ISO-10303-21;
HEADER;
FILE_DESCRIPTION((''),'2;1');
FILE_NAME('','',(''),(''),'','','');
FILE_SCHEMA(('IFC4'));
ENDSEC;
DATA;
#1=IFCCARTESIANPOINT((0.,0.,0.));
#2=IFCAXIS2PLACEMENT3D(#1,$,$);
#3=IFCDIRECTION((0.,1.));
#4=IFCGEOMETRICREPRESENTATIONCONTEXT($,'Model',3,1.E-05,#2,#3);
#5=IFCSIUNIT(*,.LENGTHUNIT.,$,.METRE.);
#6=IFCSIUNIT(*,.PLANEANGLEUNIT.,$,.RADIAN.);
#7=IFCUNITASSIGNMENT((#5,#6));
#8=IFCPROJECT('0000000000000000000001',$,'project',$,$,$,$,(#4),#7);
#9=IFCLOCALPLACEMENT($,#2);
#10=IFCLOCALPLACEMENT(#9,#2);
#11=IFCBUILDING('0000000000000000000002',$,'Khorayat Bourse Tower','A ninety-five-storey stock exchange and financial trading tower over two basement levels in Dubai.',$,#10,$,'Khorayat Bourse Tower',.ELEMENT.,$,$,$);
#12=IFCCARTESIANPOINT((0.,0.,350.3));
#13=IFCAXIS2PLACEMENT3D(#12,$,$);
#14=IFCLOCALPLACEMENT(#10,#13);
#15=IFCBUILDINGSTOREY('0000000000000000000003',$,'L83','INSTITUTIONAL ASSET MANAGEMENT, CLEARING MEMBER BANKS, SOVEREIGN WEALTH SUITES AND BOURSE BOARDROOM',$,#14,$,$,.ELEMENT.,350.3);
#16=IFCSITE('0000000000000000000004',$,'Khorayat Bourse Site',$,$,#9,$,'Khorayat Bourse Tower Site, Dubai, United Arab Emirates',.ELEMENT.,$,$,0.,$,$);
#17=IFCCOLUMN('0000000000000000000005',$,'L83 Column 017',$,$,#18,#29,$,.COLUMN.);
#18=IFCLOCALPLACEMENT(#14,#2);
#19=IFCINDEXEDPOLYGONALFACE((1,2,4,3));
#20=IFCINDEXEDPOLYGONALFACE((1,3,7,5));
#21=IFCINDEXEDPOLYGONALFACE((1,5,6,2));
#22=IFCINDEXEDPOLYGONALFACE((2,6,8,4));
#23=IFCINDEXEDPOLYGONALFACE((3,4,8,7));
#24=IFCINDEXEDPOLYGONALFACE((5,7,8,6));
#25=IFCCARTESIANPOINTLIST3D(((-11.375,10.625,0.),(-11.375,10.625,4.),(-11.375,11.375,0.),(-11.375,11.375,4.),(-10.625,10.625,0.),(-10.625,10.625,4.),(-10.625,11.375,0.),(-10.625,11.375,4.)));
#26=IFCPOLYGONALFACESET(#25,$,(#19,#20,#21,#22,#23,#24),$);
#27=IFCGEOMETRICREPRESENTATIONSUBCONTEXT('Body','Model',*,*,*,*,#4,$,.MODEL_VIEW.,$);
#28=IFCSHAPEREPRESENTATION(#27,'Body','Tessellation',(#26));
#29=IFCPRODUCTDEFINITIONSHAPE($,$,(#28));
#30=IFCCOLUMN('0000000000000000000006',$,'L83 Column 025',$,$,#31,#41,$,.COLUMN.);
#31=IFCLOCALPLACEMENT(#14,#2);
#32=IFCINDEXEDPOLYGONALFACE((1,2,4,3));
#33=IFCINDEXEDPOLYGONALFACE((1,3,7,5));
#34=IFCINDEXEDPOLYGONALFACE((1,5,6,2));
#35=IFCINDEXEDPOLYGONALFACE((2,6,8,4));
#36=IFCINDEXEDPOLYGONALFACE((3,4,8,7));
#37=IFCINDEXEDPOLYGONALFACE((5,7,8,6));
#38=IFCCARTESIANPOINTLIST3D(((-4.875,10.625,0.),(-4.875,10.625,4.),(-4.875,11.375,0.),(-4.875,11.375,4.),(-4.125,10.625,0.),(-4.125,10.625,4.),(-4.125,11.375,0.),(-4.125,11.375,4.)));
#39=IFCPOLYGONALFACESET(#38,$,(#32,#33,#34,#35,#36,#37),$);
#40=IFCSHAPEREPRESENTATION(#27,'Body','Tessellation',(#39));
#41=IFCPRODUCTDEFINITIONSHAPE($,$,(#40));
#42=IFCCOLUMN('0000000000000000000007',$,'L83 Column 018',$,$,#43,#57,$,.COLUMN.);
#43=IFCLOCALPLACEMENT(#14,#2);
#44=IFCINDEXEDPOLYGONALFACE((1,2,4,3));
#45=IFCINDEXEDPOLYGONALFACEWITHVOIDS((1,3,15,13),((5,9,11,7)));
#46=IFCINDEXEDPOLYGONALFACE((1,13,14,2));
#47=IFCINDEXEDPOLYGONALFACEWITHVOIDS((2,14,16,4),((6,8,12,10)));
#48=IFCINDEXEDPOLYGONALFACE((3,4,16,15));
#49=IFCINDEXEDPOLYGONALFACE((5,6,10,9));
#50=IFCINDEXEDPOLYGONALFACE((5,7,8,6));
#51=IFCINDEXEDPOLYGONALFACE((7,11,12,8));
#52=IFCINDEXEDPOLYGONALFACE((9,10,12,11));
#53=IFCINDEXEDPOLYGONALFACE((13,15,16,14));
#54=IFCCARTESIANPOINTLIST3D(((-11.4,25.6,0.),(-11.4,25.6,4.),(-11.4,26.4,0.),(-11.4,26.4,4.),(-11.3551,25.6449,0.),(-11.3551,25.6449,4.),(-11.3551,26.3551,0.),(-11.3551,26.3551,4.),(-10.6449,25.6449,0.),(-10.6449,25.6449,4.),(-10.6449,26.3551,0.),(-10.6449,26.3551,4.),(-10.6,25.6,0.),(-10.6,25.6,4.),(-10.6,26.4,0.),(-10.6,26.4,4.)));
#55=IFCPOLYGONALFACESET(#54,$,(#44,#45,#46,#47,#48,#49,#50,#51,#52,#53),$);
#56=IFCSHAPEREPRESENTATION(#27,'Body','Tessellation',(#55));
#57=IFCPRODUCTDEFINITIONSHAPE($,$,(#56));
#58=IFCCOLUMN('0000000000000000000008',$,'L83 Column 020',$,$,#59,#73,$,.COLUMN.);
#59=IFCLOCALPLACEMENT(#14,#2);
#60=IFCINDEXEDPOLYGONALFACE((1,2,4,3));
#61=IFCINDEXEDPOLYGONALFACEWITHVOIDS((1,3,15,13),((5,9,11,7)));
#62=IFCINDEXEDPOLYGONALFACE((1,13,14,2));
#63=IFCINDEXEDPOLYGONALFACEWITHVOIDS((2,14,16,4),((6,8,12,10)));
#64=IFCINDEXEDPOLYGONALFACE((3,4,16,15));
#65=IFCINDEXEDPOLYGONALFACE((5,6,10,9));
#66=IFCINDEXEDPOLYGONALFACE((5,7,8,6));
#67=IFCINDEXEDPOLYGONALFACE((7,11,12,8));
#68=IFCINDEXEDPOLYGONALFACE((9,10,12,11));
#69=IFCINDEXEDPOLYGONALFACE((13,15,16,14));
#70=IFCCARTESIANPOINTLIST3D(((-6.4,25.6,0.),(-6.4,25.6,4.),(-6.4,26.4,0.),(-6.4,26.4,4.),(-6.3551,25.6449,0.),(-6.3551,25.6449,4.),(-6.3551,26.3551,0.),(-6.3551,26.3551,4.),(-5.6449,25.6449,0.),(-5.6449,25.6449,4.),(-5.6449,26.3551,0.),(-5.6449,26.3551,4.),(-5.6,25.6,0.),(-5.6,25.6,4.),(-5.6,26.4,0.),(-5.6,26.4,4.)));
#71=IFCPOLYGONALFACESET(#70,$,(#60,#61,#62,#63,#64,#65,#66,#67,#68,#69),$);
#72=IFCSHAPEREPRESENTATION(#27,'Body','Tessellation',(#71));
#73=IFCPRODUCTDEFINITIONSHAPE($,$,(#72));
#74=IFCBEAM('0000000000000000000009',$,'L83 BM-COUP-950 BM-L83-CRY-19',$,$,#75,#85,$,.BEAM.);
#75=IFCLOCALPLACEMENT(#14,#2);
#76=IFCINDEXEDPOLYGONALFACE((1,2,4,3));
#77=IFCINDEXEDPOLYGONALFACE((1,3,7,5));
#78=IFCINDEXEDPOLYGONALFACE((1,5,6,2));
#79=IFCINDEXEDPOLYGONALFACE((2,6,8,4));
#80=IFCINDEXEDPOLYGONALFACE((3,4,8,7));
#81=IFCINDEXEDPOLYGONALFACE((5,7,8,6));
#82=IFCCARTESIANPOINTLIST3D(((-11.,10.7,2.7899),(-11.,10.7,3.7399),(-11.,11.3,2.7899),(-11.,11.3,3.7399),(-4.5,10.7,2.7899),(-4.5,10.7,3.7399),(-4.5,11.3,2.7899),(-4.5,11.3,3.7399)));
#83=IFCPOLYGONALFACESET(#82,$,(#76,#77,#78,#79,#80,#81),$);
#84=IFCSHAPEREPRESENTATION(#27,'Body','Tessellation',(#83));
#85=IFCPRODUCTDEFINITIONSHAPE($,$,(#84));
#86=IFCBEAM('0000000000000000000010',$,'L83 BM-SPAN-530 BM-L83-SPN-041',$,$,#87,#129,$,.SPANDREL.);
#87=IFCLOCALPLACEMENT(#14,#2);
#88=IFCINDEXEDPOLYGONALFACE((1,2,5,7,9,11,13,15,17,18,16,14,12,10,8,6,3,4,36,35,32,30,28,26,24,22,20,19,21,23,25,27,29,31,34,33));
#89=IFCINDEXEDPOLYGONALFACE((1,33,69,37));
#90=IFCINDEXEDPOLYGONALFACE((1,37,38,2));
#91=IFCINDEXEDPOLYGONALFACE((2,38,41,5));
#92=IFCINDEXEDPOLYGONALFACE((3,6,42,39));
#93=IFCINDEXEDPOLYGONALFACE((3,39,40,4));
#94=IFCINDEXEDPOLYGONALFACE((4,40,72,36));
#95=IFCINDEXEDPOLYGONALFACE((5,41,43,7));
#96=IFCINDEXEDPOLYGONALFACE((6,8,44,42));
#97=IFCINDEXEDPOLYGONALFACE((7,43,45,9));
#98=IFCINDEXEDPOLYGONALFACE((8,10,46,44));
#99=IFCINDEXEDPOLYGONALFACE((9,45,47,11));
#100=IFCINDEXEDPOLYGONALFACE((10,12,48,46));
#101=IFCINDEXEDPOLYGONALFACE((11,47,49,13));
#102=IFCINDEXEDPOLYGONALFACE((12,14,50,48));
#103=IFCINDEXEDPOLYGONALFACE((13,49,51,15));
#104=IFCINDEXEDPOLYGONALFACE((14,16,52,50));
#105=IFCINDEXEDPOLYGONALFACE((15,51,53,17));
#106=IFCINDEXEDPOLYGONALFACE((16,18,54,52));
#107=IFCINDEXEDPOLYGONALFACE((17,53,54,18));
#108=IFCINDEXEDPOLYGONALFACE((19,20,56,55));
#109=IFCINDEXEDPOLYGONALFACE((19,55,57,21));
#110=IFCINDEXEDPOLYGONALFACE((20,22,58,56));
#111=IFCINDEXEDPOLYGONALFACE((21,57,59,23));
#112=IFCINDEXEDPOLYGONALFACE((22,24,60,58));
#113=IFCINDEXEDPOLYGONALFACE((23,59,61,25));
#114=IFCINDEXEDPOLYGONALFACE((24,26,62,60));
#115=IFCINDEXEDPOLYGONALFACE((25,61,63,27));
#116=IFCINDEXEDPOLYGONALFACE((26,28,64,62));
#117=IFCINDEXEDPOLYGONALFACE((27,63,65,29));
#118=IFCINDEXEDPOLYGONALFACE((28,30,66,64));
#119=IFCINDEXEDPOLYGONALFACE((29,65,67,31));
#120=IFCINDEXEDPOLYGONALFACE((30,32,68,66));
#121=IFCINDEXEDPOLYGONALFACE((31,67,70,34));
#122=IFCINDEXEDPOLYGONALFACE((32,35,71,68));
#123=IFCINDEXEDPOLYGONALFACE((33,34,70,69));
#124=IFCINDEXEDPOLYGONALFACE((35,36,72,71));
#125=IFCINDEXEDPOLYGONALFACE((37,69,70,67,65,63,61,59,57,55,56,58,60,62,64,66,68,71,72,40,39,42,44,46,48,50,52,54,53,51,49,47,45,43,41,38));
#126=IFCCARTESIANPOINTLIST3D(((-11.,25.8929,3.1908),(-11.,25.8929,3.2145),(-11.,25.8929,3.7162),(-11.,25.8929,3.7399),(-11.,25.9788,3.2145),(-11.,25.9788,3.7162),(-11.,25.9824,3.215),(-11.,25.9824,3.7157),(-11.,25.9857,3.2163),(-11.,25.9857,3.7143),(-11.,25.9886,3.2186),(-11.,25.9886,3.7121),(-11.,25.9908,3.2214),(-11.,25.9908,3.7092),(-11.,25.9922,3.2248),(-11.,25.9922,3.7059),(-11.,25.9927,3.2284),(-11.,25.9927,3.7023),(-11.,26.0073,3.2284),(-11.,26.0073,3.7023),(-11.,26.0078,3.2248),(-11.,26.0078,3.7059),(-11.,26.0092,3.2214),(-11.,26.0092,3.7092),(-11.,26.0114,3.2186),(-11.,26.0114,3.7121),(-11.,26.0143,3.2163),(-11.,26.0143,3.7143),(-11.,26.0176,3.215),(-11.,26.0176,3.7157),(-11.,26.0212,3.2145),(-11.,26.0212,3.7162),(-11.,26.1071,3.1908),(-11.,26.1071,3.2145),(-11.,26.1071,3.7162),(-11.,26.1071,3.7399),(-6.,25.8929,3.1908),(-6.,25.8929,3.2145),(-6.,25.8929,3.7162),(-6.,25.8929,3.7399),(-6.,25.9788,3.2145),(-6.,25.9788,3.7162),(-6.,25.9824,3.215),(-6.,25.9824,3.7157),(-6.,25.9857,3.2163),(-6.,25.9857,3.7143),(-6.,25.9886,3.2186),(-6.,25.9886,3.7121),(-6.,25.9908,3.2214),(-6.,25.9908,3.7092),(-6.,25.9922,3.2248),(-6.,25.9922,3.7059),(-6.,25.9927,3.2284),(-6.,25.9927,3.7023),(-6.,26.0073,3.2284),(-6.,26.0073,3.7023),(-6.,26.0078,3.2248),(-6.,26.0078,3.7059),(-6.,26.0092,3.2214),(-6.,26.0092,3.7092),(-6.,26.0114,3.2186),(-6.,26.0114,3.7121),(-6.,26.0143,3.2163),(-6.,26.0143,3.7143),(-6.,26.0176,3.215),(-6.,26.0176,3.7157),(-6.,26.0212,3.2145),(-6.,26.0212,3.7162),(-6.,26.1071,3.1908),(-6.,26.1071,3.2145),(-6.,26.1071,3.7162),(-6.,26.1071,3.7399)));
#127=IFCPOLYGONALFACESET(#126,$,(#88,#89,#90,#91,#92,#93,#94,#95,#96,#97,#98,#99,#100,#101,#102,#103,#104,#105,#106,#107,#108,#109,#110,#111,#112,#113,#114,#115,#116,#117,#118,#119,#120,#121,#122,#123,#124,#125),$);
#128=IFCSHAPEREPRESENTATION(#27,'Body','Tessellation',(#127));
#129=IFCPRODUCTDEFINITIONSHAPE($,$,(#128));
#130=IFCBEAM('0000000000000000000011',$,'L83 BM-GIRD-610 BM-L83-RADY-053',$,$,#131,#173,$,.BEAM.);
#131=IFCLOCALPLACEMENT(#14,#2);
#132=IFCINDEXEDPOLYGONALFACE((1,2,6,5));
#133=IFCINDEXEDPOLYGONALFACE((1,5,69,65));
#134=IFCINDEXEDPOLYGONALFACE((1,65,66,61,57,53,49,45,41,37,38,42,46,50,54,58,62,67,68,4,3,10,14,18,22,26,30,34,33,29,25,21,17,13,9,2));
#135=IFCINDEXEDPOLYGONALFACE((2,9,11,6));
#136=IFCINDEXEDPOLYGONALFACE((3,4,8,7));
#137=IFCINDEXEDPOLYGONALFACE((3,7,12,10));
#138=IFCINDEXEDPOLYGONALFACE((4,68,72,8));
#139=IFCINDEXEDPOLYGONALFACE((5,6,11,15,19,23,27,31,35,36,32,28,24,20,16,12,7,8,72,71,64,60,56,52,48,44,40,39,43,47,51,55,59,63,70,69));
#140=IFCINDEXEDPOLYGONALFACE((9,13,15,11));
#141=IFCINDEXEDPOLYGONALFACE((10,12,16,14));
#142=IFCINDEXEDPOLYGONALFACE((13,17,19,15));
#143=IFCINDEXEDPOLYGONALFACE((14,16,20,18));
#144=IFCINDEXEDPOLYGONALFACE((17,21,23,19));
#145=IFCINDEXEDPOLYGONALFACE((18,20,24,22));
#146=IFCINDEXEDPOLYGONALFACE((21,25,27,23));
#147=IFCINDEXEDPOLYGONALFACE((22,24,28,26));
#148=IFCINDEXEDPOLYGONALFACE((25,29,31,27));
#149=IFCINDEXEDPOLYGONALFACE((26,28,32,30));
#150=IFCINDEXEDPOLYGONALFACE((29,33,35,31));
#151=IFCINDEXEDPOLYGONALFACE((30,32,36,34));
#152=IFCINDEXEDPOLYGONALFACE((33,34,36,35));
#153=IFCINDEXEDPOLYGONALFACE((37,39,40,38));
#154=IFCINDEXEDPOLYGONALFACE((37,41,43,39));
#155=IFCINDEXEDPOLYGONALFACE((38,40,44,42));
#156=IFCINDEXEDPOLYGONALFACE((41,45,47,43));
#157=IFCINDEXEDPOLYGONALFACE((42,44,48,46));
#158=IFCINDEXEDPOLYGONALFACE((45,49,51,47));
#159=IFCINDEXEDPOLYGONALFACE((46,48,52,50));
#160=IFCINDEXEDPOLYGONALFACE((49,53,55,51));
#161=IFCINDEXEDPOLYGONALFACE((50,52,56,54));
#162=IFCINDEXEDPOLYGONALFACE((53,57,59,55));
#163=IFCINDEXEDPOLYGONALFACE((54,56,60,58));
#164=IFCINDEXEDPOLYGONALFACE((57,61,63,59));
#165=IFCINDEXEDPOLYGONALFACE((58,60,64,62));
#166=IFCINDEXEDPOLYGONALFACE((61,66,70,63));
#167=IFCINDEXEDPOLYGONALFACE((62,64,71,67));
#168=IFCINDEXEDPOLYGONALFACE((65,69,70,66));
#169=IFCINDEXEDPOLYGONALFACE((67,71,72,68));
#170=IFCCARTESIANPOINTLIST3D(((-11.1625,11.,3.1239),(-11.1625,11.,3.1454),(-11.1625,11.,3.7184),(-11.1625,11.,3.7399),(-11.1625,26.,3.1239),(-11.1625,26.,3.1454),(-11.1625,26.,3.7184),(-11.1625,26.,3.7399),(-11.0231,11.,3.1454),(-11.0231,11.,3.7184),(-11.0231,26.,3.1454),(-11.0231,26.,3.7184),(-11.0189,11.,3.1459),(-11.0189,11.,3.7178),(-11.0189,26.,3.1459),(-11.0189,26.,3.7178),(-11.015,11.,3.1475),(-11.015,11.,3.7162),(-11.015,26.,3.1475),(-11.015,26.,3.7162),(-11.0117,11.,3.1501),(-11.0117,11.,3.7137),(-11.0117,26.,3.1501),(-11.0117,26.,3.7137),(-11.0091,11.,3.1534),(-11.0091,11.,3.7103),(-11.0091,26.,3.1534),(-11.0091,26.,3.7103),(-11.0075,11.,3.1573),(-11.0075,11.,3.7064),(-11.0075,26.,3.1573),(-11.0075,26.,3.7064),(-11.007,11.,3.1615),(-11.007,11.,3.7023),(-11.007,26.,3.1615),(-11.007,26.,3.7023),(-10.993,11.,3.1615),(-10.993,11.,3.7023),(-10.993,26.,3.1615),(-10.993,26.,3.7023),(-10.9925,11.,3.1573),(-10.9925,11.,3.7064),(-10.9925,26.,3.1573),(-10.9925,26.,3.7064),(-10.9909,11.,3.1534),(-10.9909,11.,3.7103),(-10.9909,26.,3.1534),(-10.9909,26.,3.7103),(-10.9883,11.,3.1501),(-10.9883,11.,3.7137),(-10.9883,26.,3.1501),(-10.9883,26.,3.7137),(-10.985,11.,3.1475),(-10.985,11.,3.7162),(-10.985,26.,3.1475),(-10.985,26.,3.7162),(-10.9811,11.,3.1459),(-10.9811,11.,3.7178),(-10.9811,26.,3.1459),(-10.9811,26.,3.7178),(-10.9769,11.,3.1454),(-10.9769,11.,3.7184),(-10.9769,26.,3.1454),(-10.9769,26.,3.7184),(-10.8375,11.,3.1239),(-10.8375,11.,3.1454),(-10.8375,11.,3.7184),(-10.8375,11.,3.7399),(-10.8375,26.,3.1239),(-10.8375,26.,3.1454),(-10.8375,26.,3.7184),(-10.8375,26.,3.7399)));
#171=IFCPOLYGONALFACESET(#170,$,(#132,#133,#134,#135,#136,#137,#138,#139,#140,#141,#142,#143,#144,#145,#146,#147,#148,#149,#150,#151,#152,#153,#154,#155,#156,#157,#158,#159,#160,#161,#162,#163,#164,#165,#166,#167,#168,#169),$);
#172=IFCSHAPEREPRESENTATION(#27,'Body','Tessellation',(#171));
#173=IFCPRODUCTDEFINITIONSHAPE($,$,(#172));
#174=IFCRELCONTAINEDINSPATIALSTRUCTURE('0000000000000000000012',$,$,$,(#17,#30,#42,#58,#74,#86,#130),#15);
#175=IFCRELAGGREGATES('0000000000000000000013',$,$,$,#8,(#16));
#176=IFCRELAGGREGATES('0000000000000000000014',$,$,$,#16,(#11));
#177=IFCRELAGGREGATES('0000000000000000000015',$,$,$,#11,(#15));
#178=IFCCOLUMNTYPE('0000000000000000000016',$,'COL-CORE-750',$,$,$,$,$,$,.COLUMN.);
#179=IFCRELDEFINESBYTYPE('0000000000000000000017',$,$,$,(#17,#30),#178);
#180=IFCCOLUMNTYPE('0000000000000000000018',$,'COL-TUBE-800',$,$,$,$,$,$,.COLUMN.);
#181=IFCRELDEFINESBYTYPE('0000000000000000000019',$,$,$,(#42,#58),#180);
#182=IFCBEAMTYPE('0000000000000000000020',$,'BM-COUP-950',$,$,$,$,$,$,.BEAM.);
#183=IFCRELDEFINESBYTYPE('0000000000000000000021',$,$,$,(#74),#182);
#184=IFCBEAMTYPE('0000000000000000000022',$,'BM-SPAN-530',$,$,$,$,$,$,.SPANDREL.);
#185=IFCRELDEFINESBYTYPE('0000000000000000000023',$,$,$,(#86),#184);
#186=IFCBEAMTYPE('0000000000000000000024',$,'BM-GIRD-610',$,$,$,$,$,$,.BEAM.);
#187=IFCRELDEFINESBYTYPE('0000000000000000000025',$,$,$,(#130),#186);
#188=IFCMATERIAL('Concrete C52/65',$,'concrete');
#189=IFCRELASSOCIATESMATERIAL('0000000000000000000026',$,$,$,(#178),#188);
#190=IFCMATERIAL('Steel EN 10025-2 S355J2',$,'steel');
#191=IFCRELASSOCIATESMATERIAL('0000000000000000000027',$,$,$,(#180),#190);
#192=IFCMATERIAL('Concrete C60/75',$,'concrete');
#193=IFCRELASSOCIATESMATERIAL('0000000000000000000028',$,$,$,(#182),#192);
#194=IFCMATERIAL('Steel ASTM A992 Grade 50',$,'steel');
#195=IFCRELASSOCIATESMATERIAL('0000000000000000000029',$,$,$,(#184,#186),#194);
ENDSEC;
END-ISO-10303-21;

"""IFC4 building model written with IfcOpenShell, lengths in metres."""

from ifc_helpers import new_model, si_unit, direction, frame, origin, origin_2d, place, context, subcontext, project, spatial, rectangle, hollow_rectangle, i_section, extrude, source, transform, mapped, material, material_profile, profile_set, type_object, element, save


model = new_model("IFC4")

# Units and contexts
model_context = context("Model", 3, precision=1e-05, world=origin(), true_north=direction((0.0, 1.0)))
body_context = subcontext(model_context, "Body", "Model", "MODEL_VIEW")
ifc_project = project(units=[si_unit("LENGTHUNIT", "METRE"), si_unit("PLANEANGLEUNIT", "RADIAN")], contexts=[model_context])

# Site, building, storey
site_placement = place(None, origin())
site = spatial("IfcSite", under=ifc_project, at=site_placement, Name="Khorayat Bourse Site", LongName="Khorayat Bourse Tower Site, Dubai, United Arab Emirates", CompositionType="ELEMENT", RefElevation=0.0)
building_placement = place(site_placement, origin())
building = spatial("IfcBuilding", under=site, at=building_placement, Name="Khorayat Bourse Tower", Description="A ninety-five-storey stock exchange and financial trading tower over two basement levels in Dubai.", LongName="Khorayat Bourse Tower", CompositionType="ELEMENT")
storey_placement = place(building_placement, frame((0.0, 0.0, 350.3)))
storey = spatial("IfcBuildingStorey", under=building, at=storey_placement, Name="L83", Description="INSTITUTIONAL ASSET MANAGEMENT, CLEARING MEMBER BANKS, SOVEREIGN WEALTH SUITES AND BOURSE BOARDROOM", CompositionType="ELEMENT", Elevation=350.3)

# Columns
ifc_material_1 = material(Name="Concrete C52/65", Category="concrete")
ifc_material_profile_1 = material_profile(ifc_material_1, rectangle(XDim=0.75, YDim=0.75, at=origin_2d()), Name="RC 750x750")
ifc_profile_set_1 = profile_set([ifc_material_profile_1], Name="Concrete C52/65")
column_type_1 = type_object("IfcColumnType", Name="COL-CORE-750", PredefinedType="COLUMN", material=ifc_profile_set_1)
shared_shape_1 = source(origin(), body_context, "Body", "SweptSolid", [
    extrude(rectangle(XDim=0.75, YDim=0.75, at=origin_2d()), origin(), (0.0, 0.0, 1.0), 4.0),
])
for number, where, z_axis, x_axis, name in (
    (1, (-11.0, 11.0, 0.0), (0.0, 0.0, 1.0), (1.0, 0.0, 0.0), "L83 Column 017"),
    (2, (-4.5, 11.0, 0.0), (0.0, 0.0, 1.0), (1.0, 0.0, 0.0), "L83 Column 025"),
):
    element("IfcColumn", number, at=place(storey_placement, frame(where, z_axis=z_axis, x_axis=x_axis)), inside=storey, type_object=column_type_1, Name=name, PredefinedType="COLUMN", context=body_context, shape_type="MappedRepresentation", body=[
        mapped(shared_shape_1, transform((0.0, 0.0, 0.0), scale=1.0)),
    ])
ifc_material_2 = material(Name="Steel EN 10025-2 S355J2", Category="steel")
ifc_material_profile_2 = material_profile(ifc_material_2, hollow_rectangle(XDim=0.8, YDim=0.8, WallThickness=0.0449, at=origin_2d()), Name="BOX 800x800x45")
ifc_profile_set_2 = profile_set([ifc_material_profile_2], Name="Steel EN 10025-2 S355J2")
column_type_2 = type_object("IfcColumnType", Name="COL-TUBE-800", PredefinedType="COLUMN", material=ifc_profile_set_2)
shared_shape_2 = source(origin(), body_context, "Body", "SweptSolid", [
    extrude(hollow_rectangle(XDim=0.8, YDim=0.8, WallThickness=0.0449, at=origin_2d()), origin(), (0.0, 0.0, 1.0), 4.0),
])
for number, where, z_axis, x_axis, name in (
    (3, (-11.0, 26.0, 0.0), (0.0, 0.0, 1.0), (1.0, 0.0, 0.0), "L83 Column 018"),
    (4, (-6.0, 26.0, 0.0), (0.0, 0.0, 1.0), (1.0, 0.0, 0.0), "L83 Column 020"),
):
    element("IfcColumn", number, at=place(storey_placement, frame(where, z_axis=z_axis, x_axis=x_axis)), inside=storey, type_object=column_type_2, Name=name, PredefinedType="COLUMN", context=body_context, shape_type="MappedRepresentation", body=[
        mapped(shared_shape_2, transform((0.0, 0.0, 0.0), scale=1.0)),
    ])

# Beams
ifc_material_3 = material(Name="Concrete C60/75", Category="concrete")
ifc_material_profile_3 = material_profile(ifc_material_3, rectangle(XDim=0.6001, YDim=0.95, at=origin_2d()), Name="RC 600x950")
ifc_profile_set_3 = profile_set([ifc_material_profile_3], Name="Concrete C60/75")
beam_type_1 = type_object("IfcBeamType", Name="BM-COUP-950", PredefinedType="BEAM", material=ifc_profile_set_3)
shared_shape_3 = source(origin(), body_context, "Body", "SweptSolid", [
    extrude(rectangle(XDim=0.6001, YDim=0.95, at=origin_2d()), origin(), (0.0, 0.0, 1.0), 6.5),
])
beam_1_placement = place(storey_placement, frame((-11.0, 11.0, 3.2649), z_axis=(1.0, 0.0, 0.0), x_axis=(0.0, 1.0, 0.0)))
element("IfcBeam", 5, at=beam_1_placement, inside=storey, type_object=beam_type_1, Name="L83 BM-COUP-950 BM-L83-CRY-19", PredefinedType="BEAM", context=body_context, shape_type="MappedRepresentation", body=[
    mapped(shared_shape_3, transform((0.0, 0.0, 0.0), scale=1.0)),
])
ifc_material_4 = material(Name="Steel ASTM A992 Grade 50", Category="steel")
ifc_material_profile_4 = material_profile(ifc_material_4, i_section(OverallWidth=0.2141, OverallDepth=0.5491, WebThickness=0.0146, FlangeThickness=0.0237, FilletRadius=0.0139, at=origin_2d()), Name="W530X138")
ifc_profile_set_4 = profile_set([ifc_material_profile_4], Name="Steel ASTM A992 Grade 50")
beam_type_2 = type_object("IfcBeamType", Name="BM-SPAN-530", PredefinedType="SPANDREL", material=ifc_profile_set_4)
shared_shape_4 = source(origin(), body_context, "Body", "SweptSolid", [
    extrude(i_section(OverallWidth=0.2141, OverallDepth=0.5491, WebThickness=0.0146, FlangeThickness=0.0237, FilletRadius=0.0139, at=origin_2d()), origin(), (0.0, 0.0, 1.0), 5.0),
])
beam_2_placement = place(storey_placement, frame((-11.0, 26.0, 3.4653), z_axis=(1.0, 0.0, 0.0), x_axis=(0.0, 1.0, 0.0)))
element("IfcBeam", 6, at=beam_2_placement, inside=storey, type_object=beam_type_2, Name="L83 BM-SPAN-530 BM-L83-SPN-041", PredefinedType="SPANDREL", context=body_context, shape_type="MappedRepresentation", body=[
    mapped(shared_shape_4, transform((0.0, 0.0, 0.0), scale=1.0)),
])
ifc_material_profile_5 = material_profile(ifc_material_4, i_section(OverallWidth=0.325, OverallDepth=0.616, WebThickness=0.0139, FlangeThickness=0.0215, FilletRadius=0.0161, at=origin_2d()), Name="W610X174")
ifc_profile_set_5 = profile_set([ifc_material_profile_5], Name="Steel ASTM A992 Grade 50")
beam_type_3 = type_object("IfcBeamType", Name="BM-GIRD-610", PredefinedType="BEAM", material=ifc_profile_set_5)
shared_shape_5 = source(origin(), body_context, "Body", "SweptSolid", [
    extrude(i_section(OverallWidth=0.325, OverallDepth=0.616, WebThickness=0.0139, FlangeThickness=0.0215, FilletRadius=0.0161, at=origin_2d()), origin(), (0.0, 0.0, 1.0), 15.0),
])
for number, where, z_axis, x_axis, name in (
    (7, (-11.0, 11.0, 3.4319), (0.0, 1.0, 0.0), (-1.0, 0.0, 0.0), "L83 BM-GIRD-610 BM-L83-RADY-053"),
):
    element("IfcBeam", number, at=place(storey_placement, frame(where, z_axis=z_axis, x_axis=x_axis)), inside=storey, type_object=beam_type_3, Name=name, PredefinedType="BEAM", context=body_context, shape_type="MappedRepresentation", body=[
        mapped(shared_shape_5, transform((0.0, 0.0, 0.0), scale=1.0)),
    ])

save(model, "model.ifc")
